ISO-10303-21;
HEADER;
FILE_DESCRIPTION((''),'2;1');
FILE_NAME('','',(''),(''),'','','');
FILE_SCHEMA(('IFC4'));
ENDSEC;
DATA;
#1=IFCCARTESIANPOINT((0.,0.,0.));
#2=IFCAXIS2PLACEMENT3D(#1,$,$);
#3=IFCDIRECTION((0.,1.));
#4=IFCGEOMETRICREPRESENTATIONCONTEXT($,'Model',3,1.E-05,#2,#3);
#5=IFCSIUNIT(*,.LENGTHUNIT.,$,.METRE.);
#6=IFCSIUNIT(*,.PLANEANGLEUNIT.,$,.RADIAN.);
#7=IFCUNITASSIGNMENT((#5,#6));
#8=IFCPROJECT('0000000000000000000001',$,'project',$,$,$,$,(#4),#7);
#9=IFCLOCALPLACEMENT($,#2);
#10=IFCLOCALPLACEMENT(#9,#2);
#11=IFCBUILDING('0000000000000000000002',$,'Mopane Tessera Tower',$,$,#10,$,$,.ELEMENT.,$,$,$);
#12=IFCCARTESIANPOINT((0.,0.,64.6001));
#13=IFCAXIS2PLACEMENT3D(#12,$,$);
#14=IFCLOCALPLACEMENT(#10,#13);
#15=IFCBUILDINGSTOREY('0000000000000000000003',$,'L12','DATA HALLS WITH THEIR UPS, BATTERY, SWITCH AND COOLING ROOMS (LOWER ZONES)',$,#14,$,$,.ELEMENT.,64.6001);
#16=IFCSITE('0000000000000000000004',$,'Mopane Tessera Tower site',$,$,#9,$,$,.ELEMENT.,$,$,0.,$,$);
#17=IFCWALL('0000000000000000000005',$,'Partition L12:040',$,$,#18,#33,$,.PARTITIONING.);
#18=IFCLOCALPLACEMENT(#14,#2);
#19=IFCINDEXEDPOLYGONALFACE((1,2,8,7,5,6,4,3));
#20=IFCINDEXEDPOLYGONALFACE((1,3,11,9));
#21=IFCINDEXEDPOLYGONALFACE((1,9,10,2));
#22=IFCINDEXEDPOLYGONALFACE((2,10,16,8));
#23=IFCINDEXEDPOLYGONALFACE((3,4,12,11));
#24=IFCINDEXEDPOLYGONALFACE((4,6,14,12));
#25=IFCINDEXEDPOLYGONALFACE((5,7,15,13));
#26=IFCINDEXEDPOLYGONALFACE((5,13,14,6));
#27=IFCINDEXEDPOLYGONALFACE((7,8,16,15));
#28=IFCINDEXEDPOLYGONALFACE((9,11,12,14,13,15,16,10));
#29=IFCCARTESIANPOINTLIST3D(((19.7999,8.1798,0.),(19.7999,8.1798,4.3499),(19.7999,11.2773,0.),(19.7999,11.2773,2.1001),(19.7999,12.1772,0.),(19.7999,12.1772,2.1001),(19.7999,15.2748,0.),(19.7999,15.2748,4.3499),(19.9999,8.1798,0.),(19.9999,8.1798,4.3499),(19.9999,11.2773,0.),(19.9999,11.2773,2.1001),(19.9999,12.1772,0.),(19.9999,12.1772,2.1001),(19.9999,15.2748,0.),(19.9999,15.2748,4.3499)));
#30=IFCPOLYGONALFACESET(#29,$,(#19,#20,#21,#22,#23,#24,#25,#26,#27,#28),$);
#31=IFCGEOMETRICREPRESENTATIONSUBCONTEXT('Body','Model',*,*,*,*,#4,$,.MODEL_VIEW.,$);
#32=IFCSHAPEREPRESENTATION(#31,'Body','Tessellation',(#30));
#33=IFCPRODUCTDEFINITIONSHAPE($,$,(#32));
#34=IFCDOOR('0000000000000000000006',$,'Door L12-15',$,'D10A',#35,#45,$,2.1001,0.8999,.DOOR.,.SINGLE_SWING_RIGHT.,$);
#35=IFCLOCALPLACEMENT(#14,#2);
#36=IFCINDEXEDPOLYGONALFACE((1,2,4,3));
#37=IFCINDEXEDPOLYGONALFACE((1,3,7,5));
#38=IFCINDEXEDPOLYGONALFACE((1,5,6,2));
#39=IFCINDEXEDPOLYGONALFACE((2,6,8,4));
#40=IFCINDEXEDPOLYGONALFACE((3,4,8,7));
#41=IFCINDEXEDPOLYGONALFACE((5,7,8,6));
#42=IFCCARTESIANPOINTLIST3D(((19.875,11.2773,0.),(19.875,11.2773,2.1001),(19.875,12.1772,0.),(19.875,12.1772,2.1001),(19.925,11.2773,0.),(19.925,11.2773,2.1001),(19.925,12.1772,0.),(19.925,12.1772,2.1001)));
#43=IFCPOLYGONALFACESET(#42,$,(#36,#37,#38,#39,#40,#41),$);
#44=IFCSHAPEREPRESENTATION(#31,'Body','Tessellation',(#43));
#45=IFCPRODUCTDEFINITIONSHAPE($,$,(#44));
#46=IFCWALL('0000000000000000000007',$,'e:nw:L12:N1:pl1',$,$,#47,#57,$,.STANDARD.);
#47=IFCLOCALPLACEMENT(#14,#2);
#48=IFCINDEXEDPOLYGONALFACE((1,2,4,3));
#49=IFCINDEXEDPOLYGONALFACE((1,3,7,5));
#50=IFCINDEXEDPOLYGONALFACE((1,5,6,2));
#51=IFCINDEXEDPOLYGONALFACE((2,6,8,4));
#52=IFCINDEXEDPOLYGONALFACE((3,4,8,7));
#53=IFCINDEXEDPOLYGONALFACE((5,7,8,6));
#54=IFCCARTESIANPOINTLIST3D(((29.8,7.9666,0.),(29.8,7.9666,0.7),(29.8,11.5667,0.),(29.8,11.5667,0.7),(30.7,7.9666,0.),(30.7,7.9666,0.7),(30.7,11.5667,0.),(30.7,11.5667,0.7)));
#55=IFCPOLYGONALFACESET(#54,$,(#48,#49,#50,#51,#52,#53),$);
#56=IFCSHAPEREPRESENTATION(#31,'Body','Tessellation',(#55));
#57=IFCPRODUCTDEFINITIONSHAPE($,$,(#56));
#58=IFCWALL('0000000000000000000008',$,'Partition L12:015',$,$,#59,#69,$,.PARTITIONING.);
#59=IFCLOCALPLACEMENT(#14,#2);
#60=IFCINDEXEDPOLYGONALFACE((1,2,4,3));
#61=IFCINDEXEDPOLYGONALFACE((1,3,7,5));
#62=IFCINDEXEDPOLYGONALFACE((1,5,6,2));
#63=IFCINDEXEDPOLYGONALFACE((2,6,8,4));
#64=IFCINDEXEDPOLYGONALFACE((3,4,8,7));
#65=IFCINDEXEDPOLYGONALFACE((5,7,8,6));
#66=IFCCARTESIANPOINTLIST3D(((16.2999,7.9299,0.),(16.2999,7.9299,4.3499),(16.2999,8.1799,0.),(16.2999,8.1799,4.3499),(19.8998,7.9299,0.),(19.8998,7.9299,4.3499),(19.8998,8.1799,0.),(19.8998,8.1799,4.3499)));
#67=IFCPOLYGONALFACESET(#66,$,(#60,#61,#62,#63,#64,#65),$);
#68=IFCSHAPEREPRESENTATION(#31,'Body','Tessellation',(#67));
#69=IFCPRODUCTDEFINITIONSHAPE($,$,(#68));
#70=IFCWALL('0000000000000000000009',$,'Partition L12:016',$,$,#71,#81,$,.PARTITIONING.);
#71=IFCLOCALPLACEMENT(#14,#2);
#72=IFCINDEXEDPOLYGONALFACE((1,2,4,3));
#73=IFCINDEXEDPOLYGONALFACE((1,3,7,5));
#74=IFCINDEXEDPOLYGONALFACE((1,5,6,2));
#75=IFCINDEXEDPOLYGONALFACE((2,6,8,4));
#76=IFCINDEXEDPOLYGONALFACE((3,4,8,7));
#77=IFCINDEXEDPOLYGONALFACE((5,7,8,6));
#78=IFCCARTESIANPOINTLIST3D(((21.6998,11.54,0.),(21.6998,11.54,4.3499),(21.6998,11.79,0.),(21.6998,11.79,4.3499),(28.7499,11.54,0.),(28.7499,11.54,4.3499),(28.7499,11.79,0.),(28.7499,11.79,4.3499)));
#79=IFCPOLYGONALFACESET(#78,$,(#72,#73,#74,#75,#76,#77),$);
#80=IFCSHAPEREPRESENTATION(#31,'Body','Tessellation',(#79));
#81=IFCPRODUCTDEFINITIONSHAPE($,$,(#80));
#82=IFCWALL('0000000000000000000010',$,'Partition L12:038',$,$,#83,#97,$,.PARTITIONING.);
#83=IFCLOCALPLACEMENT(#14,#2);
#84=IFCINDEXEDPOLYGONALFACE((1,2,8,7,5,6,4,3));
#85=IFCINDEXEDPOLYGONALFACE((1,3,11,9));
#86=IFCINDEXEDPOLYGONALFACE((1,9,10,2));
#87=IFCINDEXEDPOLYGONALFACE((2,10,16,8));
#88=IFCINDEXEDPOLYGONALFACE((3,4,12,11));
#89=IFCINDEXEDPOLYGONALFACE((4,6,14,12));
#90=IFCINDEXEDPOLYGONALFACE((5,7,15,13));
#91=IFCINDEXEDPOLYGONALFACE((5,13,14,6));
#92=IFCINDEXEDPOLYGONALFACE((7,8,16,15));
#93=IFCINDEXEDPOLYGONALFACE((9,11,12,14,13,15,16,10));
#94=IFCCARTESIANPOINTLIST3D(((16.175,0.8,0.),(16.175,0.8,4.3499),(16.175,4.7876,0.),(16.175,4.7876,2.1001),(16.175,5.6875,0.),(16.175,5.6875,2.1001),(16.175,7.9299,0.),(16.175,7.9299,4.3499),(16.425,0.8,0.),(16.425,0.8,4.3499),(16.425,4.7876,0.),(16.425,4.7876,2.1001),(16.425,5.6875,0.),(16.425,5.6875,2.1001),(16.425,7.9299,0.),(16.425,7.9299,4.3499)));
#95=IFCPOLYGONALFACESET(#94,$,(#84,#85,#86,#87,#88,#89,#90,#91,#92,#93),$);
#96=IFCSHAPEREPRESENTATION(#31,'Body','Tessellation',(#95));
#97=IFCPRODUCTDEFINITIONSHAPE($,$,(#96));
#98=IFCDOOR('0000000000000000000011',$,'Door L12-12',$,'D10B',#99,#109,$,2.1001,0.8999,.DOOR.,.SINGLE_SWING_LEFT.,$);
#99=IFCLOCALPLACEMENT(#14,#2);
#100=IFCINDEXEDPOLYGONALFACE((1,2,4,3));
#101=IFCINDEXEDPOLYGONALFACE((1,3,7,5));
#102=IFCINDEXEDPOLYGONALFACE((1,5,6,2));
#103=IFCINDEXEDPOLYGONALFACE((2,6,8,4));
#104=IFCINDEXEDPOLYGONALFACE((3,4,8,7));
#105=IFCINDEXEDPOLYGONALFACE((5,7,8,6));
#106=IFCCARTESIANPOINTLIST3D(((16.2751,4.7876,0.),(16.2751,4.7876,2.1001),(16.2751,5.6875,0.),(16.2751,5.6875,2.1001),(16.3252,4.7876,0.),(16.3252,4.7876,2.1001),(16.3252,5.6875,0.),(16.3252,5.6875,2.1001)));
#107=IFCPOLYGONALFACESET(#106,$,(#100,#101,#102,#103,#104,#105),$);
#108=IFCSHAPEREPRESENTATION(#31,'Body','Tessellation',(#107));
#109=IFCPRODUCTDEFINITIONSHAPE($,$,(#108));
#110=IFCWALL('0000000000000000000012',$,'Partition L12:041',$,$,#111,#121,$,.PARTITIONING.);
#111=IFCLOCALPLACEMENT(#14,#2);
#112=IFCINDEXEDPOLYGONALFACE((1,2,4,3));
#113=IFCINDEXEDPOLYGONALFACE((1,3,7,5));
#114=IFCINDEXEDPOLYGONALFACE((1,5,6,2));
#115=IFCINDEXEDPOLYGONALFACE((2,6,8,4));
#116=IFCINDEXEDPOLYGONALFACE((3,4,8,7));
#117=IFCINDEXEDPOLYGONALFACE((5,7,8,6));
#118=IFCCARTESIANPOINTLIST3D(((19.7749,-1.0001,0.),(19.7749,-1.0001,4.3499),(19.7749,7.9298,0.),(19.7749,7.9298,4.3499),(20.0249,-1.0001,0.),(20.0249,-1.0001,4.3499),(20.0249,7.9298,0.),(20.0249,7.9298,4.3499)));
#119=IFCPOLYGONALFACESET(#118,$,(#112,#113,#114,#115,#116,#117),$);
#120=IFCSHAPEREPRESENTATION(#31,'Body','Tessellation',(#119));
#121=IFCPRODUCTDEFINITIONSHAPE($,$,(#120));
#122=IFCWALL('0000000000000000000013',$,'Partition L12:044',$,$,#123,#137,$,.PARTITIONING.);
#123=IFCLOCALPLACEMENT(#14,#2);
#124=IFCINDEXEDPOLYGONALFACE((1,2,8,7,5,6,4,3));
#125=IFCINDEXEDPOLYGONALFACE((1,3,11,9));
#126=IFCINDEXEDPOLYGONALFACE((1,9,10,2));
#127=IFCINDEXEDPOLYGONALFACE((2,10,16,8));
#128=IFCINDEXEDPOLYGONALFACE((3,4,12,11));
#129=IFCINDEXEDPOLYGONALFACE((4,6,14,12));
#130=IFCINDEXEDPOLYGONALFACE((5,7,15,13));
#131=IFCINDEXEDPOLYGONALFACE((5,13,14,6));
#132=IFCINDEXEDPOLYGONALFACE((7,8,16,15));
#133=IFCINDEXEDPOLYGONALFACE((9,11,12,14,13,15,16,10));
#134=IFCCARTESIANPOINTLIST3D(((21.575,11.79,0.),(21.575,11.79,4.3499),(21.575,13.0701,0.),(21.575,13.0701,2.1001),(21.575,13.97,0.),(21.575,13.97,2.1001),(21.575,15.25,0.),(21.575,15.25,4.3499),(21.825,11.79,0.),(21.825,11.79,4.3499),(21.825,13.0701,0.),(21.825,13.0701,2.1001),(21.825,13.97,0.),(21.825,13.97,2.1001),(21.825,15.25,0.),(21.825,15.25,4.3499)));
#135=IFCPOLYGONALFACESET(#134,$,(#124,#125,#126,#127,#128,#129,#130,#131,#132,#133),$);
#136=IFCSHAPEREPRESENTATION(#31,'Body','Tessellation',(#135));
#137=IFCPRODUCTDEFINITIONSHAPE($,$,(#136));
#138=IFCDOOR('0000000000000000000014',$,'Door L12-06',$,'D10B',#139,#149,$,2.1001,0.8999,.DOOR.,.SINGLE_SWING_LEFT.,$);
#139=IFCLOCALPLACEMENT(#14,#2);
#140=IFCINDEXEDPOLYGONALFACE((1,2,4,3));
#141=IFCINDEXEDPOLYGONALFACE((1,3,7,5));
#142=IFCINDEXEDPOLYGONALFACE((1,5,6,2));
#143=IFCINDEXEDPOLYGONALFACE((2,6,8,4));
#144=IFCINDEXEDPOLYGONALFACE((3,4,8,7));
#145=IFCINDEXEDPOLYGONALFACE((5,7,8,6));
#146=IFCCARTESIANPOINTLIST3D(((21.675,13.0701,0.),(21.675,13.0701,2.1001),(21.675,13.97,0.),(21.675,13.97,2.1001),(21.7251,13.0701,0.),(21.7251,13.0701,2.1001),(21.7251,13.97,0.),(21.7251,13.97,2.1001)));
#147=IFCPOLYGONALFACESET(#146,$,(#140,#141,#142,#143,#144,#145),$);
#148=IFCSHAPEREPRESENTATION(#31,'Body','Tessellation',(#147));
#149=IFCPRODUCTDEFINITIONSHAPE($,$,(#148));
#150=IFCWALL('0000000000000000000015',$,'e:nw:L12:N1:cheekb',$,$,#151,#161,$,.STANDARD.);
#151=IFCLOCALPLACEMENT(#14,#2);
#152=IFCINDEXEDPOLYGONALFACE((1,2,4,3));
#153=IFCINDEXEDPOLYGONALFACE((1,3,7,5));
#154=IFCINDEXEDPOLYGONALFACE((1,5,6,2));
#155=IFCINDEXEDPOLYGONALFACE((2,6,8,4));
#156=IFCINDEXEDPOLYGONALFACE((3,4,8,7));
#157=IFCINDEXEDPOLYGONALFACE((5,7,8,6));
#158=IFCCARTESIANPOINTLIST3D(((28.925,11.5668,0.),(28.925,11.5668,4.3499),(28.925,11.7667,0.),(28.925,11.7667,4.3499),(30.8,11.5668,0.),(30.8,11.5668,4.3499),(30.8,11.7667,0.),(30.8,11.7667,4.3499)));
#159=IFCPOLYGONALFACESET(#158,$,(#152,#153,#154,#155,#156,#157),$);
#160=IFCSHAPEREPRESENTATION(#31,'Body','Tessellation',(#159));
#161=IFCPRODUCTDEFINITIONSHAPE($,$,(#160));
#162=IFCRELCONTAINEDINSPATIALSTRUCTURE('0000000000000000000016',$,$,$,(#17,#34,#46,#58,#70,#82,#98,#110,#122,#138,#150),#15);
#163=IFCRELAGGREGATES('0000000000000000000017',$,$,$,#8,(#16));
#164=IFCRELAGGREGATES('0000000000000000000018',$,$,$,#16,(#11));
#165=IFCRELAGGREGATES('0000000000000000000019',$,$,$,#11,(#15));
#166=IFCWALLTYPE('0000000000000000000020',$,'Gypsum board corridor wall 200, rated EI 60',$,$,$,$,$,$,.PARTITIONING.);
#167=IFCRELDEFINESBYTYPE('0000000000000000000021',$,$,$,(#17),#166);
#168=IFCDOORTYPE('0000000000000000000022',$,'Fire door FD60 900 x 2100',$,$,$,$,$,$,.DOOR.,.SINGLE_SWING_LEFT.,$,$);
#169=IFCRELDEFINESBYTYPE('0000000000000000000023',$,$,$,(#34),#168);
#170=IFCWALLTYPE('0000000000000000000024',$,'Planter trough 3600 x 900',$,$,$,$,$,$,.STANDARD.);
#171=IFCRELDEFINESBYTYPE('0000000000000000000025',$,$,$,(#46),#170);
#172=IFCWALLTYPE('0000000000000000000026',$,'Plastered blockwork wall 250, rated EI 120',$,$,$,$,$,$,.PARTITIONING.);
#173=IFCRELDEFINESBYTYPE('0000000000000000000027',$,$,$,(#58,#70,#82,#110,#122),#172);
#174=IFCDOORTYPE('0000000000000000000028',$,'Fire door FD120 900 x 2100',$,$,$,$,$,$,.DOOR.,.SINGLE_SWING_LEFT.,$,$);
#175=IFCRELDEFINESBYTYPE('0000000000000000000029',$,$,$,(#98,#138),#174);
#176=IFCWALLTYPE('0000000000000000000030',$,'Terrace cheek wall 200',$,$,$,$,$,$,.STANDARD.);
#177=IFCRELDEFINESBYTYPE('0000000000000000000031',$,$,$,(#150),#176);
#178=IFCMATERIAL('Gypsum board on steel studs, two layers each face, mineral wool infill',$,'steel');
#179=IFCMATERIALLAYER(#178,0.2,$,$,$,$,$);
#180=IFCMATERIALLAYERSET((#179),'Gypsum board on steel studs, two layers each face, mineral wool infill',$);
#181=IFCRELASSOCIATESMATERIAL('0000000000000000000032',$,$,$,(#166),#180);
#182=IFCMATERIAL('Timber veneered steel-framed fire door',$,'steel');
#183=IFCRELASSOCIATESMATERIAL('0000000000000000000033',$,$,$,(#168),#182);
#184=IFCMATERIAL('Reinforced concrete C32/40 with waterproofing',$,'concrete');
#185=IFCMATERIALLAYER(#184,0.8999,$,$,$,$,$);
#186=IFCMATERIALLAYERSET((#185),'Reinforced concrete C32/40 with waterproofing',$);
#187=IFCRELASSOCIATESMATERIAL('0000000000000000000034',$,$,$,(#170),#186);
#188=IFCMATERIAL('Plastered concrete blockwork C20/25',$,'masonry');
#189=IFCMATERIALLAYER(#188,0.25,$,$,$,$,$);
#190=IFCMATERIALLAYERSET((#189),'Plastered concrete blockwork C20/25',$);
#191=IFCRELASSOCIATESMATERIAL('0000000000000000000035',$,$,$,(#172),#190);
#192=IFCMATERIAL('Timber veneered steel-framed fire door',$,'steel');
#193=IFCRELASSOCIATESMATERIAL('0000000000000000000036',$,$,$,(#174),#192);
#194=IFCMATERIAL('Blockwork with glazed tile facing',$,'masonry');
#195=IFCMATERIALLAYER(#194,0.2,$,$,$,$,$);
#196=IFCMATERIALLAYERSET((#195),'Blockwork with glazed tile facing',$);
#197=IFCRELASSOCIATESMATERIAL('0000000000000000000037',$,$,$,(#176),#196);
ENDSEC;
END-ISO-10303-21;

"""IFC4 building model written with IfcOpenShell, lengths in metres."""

from ifc_helpers import new_model, si_unit, direction, frame, frame_2d, origin, place, context, subcontext, project, spatial, rectangle, extrude, material, layer, layer_set, type_object, element, fill, save


model = new_model("IFC4")

# Units and contexts
model_context = context("Model", 3, precision=1e-05, world=origin(), true_north=direction((0.0, 1.0)))
body_context = subcontext(model_context, "Body", "Model", "MODEL_VIEW")
ifc_project = project(units=[si_unit("LENGTHUNIT", "METRE"), si_unit("PLANEANGLEUNIT", "RADIAN")], contexts=[model_context])

# Site, building, storey
site_placement = place(None, origin())
site = spatial("IfcSite", under=ifc_project, at=site_placement, Name="Mopane Tessera Tower site", CompositionType="ELEMENT", RefElevation=0.0)
building_placement = place(site_placement, origin())
building = spatial("IfcBuilding", under=site, at=building_placement, Name="Mopane Tessera Tower", CompositionType="ELEMENT")
storey_placement = place(building_placement, frame((0.0, 0.0, 64.6001)))
storey = spatial("IfcBuildingStorey", under=building, at=storey_placement, Name="L12", Description="DATA HALLS WITH THEIR UPS, BATTERY, SWITCH AND COOLING ROOMS (LOWER ZONES)", CompositionType="ELEMENT", Elevation=64.6001)

# Shared definitions
ifc_material_1 = material(Name="Gypsum board on steel studs, two layers each face, mineral wool infill", Category="steel")
ifc_layer_1 = layer(ifc_material_1, 0.2)
ifc_layer_set_1 = layer_set([ifc_layer_1], Name="Gypsum board on steel studs, two layers each face, mineral wool infill")
wall_type_1 = type_object("IfcWallType", Name="Gypsum board corridor wall 200, rated EI 60", PredefinedType="PARTITIONING", material=ifc_layer_set_1)

# Wall, opening, door
wall_1_placement = place(storey_placement, frame((19.8999, 8.1799, 0.0), z_axis=(0.0, 0.0, 1.0), x_axis=(0.0, 1.0, 0.0)))
wall_1 = element("IfcWall", 1, at=wall_1_placement, inside=storey, type_object=wall_type_1, Name="Partition L12:040", PredefinedType="PARTITIONING", context=body_context, shape_type="SweptSolid", body=[
    extrude(rectangle(XDim=7.095, YDim=0.2, at=frame_2d((3.5474, 0.0))), origin(), (0.0, 0.0, 1.0), 4.3499),
])
opening_1_placement = place(wall_1_placement, frame((3.0974, 0.0, 0.0)))
opening_1 = element("IfcOpeningElement", 2, at=opening_1_placement, cuts=wall_1, PredefinedType="OPENING", context=body_context, shape_type="SweptSolid", body=[
    extrude(rectangle(XDim=0.8999, YDim=2.1001, at=frame_2d((0.45, 1.05))), frame((0.0, 0.1121, 0.0), z_axis=(0.0, -1.0, 0.0), x_axis=(1.0, 0.0, 0.0)), (0.0, 0.0, 1.0), 0.2239),
])
ifc_material_2 = material(Name="Timber veneered steel-framed fire door", Category="steel")
door_type_1 = type_object("IfcDoorType", Name="Fire door FD60 900 x 2100", OperationType="SINGLE_SWING_LEFT", PredefinedType="DOOR", material=ifc_material_2)
door_1_placement = place(opening_1_placement, origin())
door_1 = element("IfcDoor", 3, at=door_1_placement, inside=storey, type_object=door_type_1, Name="Door L12-15", ObjectType="D10A", OperationType="SINGLE_SWING_RIGHT", OverallHeight=2.1001, OverallWidth=0.8999, PredefinedType="DOOR", context=body_context, shape_type="SweptSolid", body=[
    extrude(rectangle(XDim=0.8999, YDim=2.1001, at=frame_2d((0.45, 1.05))), frame((0.0, 0.0249, 0.0), z_axis=(0.0, -1.0, 0.0), x_axis=(1.0, 0.0, 0.0)), (0.0, 0.0, 1.0), 0.05),
])
fill(opening_1, door_1)

# Walls
ifc_material_3 = material(Name="Reinforced concrete C32/40 with waterproofing", Category="concrete")
ifc_layer_2 = layer(ifc_material_3, 0.8999)
ifc_layer_set_2 = layer_set([ifc_layer_2], Name="Reinforced concrete C32/40 with waterproofing")
wall_type_2 = type_object("IfcWallType", Name="Planter trough 3600 x 900", PredefinedType="STANDARD", material=ifc_layer_set_2)
wall_2_placement = place(storey_placement, frame((30.25, 7.9666, 0.0), z_axis=(0.0, 0.0, 1.0), x_axis=(0.0, 1.0, 0.0)))
element("IfcWall", 4, at=wall_2_placement, inside=storey, type_object=wall_type_2, Name="e:nw:L12:N1:pl1", PredefinedType="STANDARD", context=body_context, shape_type="SweptSolid", body=[
    extrude(rectangle(XDim=3.6001, YDim=0.8999, at=frame_2d((1.8, 0.0))), origin(), (0.0, 0.0, 1.0), 0.7),
])
ifc_material_4 = material(Name="Plastered concrete blockwork C20/25", Category="masonry")
ifc_layer_3 = layer(ifc_material_4, 0.25)
ifc_layer_set_3 = layer_set([ifc_layer_3], Name="Plastered concrete blockwork C20/25")
wall_type_3 = type_object("IfcWallType", Name="Plastered blockwork wall 250, rated EI 120", PredefinedType="PARTITIONING", material=ifc_layer_set_3)
wall_3_placement = place(storey_placement, frame((16.3, 8.0549, 0.0), z_axis=(0.0, 0.0, 1.0), x_axis=(1.0, 0.0, 0.0)))
element("IfcWall", 5, at=wall_3_placement, inside=storey, type_object=wall_type_3, Name="Partition L12:015", PredefinedType="PARTITIONING", context=body_context, shape_type="SweptSolid", body=[
    extrude(rectangle(XDim=3.5999, YDim=0.25, at=frame_2d((1.7998, 0.0))), origin(), (0.0, 0.0, 1.0), 4.3499),
])
wall_4_placement = place(storey_placement, frame((21.7, 11.665, 0.0), z_axis=(0.0, 0.0, 1.0), x_axis=(1.0, 0.0, 0.0)))
element("IfcWall", 6, at=wall_4_placement, inside=storey, type_object=wall_type_3, Name="Partition L12:016", PredefinedType="PARTITIONING", context=body_context, shape_type="SweptSolid", body=[
    extrude(rectangle(XDim=7.05, YDim=0.25, at=frame_2d((3.5249, 0.0))), origin(), (0.0, 0.0, 1.0), 4.3499),
])

# Wall, opening, door
wall_5_placement = place(storey_placement, frame((16.3, 0.8, 0.0), z_axis=(0.0, 0.0, 1.0), x_axis=(0.0, 1.0, 0.0)))
wall_5 = element("IfcWall", 7, at=wall_5_placement, inside=storey, type_object=wall_type_3, Name="Partition L12:038", PredefinedType="PARTITIONING", context=body_context, shape_type="SweptSolid", body=[
    extrude(rectangle(XDim=7.1299, YDim=0.25, at=frame_2d((3.5649, 0.0))), origin(), (0.0, 0.0, 1.0), 4.3499),
])
opening_2_placement = place(wall_5_placement, frame((3.9875, 0.0, 0.0)))
opening_2 = element("IfcOpeningElement", 8, at=opening_2_placement, cuts=wall_5, PredefinedType="OPENING", context=body_context, shape_type="SweptSolid", body=[
    extrude(rectangle(XDim=0.8999, YDim=2.1001, at=frame_2d((0.45, 1.05))), frame((0.0, 0.137, 0.0), z_axis=(0.0, -1.0, 0.0), x_axis=(1.0, 0.0, 0.0)), (0.0, 0.0, 1.0), 0.2739),
])
ifc_material_5 = material(Name="Timber veneered steel-framed fire door", Category="steel")
door_type_2 = type_object("IfcDoorType", Name="Fire door FD120 900 x 2100", OperationType="SINGLE_SWING_LEFT", PredefinedType="DOOR", material=ifc_material_5)
door_2_placement = place(opening_2_placement, origin())
door_2 = element("IfcDoor", 9, at=door_2_placement, inside=storey, type_object=door_type_2, Name="Door L12-12", ObjectType="D10B", OperationType="SINGLE_SWING_LEFT", OverallHeight=2.1001, OverallWidth=0.8999, PredefinedType="DOOR", context=body_context, shape_type="SweptSolid", body=[
    extrude(rectangle(XDim=0.8999, YDim=2.1001, at=frame_2d((0.45, 1.05))), frame((0.0, 0.0249, 0.0), z_axis=(0.0, -1.0, 0.0), x_axis=(1.0, 0.0, 0.0)), (0.0, 0.0, 1.0), 0.05),
])
fill(opening_2, door_2)

# Wall
wall_6_placement = place(storey_placement, frame((19.8999, -1.0, 0.0), z_axis=(0.0, 0.0, 1.0), x_axis=(0.0, 1.0, 0.0)))
element("IfcWall", 10, at=wall_6_placement, inside=storey, type_object=wall_type_3, Name="Partition L12:041", PredefinedType="PARTITIONING", context=body_context, shape_type="SweptSolid", body=[
    extrude(rectangle(XDim=8.9299, YDim=0.25, at=frame_2d((4.4648, 0.0))), origin(), (0.0, 0.0, 1.0), 4.3499),
])

# Wall, opening, door
wall_7_placement = place(storey_placement, frame((21.7, 11.79, 0.0), z_axis=(0.0, 0.0, 1.0), x_axis=(0.0, 1.0, 0.0)))
wall_7 = element("IfcWall", 11, at=wall_7_placement, inside=storey, type_object=wall_type_3, Name="Partition L12:044", PredefinedType="PARTITIONING", context=body_context, shape_type="SweptSolid", body=[
    extrude(rectangle(XDim=3.46, YDim=0.25, at=frame_2d((1.73, 0.0))), origin(), (0.0, 0.0, 1.0), 4.3499),
])
opening_3_placement = place(wall_7_placement, frame((1.28, 0.0, 0.0)))
opening_3 = element("IfcOpeningElement", 12, at=opening_3_placement, cuts=wall_7, PredefinedType="OPENING", context=body_context, shape_type="SweptSolid", body=[
    extrude(rectangle(XDim=0.8999, YDim=2.1001, at=frame_2d((0.45, 1.05))), frame((0.0, 0.137, 0.0), z_axis=(0.0, -1.0, 0.0), x_axis=(1.0, 0.0, 0.0)), (0.0, 0.0, 1.0), 0.2739),
])
door_3_placement = place(opening_3_placement, origin())
door_3 = element("IfcDoor", 13, at=door_3_placement, inside=storey, type_object=door_type_2, Name="Door L12-06", ObjectType="D10B", OperationType="SINGLE_SWING_LEFT", OverallHeight=2.1001, OverallWidth=0.8999, PredefinedType="DOOR", context=body_context, shape_type="SweptSolid", body=[
    extrude(rectangle(XDim=0.8999, YDim=2.1001, at=frame_2d((0.45, 1.05))), frame((0.0, 0.0249, 0.0), z_axis=(0.0, -1.0, 0.0), x_axis=(1.0, 0.0, 0.0)), (0.0, 0.0, 1.0), 0.05),
])
fill(opening_3, door_3)

# Wall
ifc_material_6 = material(Name="Blockwork with glazed tile facing", Category="masonry")
ifc_layer_4 = layer(ifc_material_6, 0.2)
ifc_layer_set_4 = layer_set([ifc_layer_4], Name="Blockwork with glazed tile facing")
wall_type_4 = type_object("IfcWallType", Name="Terrace cheek wall 200", PredefinedType="STANDARD", material=ifc_layer_set_4)
wall_8_placement = place(storey_placement, frame((30.8, 11.6667, 0.0), z_axis=(0.0, 0.0, 1.0), x_axis=(-1.0, 0.0, 0.0)))
element("IfcWall", 14, at=wall_8_placement, inside=storey, type_object=wall_type_4, Name="e:nw:L12:N1:cheekb", PredefinedType="STANDARD", context=body_context, shape_type="SweptSolid", body=[
    extrude(rectangle(XDim=1.875, YDim=0.2, at=frame_2d((0.9375, 0.0))), origin(), (0.0, 0.0, 1.0), 4.3499),
])

save(model, "model.ifc")
